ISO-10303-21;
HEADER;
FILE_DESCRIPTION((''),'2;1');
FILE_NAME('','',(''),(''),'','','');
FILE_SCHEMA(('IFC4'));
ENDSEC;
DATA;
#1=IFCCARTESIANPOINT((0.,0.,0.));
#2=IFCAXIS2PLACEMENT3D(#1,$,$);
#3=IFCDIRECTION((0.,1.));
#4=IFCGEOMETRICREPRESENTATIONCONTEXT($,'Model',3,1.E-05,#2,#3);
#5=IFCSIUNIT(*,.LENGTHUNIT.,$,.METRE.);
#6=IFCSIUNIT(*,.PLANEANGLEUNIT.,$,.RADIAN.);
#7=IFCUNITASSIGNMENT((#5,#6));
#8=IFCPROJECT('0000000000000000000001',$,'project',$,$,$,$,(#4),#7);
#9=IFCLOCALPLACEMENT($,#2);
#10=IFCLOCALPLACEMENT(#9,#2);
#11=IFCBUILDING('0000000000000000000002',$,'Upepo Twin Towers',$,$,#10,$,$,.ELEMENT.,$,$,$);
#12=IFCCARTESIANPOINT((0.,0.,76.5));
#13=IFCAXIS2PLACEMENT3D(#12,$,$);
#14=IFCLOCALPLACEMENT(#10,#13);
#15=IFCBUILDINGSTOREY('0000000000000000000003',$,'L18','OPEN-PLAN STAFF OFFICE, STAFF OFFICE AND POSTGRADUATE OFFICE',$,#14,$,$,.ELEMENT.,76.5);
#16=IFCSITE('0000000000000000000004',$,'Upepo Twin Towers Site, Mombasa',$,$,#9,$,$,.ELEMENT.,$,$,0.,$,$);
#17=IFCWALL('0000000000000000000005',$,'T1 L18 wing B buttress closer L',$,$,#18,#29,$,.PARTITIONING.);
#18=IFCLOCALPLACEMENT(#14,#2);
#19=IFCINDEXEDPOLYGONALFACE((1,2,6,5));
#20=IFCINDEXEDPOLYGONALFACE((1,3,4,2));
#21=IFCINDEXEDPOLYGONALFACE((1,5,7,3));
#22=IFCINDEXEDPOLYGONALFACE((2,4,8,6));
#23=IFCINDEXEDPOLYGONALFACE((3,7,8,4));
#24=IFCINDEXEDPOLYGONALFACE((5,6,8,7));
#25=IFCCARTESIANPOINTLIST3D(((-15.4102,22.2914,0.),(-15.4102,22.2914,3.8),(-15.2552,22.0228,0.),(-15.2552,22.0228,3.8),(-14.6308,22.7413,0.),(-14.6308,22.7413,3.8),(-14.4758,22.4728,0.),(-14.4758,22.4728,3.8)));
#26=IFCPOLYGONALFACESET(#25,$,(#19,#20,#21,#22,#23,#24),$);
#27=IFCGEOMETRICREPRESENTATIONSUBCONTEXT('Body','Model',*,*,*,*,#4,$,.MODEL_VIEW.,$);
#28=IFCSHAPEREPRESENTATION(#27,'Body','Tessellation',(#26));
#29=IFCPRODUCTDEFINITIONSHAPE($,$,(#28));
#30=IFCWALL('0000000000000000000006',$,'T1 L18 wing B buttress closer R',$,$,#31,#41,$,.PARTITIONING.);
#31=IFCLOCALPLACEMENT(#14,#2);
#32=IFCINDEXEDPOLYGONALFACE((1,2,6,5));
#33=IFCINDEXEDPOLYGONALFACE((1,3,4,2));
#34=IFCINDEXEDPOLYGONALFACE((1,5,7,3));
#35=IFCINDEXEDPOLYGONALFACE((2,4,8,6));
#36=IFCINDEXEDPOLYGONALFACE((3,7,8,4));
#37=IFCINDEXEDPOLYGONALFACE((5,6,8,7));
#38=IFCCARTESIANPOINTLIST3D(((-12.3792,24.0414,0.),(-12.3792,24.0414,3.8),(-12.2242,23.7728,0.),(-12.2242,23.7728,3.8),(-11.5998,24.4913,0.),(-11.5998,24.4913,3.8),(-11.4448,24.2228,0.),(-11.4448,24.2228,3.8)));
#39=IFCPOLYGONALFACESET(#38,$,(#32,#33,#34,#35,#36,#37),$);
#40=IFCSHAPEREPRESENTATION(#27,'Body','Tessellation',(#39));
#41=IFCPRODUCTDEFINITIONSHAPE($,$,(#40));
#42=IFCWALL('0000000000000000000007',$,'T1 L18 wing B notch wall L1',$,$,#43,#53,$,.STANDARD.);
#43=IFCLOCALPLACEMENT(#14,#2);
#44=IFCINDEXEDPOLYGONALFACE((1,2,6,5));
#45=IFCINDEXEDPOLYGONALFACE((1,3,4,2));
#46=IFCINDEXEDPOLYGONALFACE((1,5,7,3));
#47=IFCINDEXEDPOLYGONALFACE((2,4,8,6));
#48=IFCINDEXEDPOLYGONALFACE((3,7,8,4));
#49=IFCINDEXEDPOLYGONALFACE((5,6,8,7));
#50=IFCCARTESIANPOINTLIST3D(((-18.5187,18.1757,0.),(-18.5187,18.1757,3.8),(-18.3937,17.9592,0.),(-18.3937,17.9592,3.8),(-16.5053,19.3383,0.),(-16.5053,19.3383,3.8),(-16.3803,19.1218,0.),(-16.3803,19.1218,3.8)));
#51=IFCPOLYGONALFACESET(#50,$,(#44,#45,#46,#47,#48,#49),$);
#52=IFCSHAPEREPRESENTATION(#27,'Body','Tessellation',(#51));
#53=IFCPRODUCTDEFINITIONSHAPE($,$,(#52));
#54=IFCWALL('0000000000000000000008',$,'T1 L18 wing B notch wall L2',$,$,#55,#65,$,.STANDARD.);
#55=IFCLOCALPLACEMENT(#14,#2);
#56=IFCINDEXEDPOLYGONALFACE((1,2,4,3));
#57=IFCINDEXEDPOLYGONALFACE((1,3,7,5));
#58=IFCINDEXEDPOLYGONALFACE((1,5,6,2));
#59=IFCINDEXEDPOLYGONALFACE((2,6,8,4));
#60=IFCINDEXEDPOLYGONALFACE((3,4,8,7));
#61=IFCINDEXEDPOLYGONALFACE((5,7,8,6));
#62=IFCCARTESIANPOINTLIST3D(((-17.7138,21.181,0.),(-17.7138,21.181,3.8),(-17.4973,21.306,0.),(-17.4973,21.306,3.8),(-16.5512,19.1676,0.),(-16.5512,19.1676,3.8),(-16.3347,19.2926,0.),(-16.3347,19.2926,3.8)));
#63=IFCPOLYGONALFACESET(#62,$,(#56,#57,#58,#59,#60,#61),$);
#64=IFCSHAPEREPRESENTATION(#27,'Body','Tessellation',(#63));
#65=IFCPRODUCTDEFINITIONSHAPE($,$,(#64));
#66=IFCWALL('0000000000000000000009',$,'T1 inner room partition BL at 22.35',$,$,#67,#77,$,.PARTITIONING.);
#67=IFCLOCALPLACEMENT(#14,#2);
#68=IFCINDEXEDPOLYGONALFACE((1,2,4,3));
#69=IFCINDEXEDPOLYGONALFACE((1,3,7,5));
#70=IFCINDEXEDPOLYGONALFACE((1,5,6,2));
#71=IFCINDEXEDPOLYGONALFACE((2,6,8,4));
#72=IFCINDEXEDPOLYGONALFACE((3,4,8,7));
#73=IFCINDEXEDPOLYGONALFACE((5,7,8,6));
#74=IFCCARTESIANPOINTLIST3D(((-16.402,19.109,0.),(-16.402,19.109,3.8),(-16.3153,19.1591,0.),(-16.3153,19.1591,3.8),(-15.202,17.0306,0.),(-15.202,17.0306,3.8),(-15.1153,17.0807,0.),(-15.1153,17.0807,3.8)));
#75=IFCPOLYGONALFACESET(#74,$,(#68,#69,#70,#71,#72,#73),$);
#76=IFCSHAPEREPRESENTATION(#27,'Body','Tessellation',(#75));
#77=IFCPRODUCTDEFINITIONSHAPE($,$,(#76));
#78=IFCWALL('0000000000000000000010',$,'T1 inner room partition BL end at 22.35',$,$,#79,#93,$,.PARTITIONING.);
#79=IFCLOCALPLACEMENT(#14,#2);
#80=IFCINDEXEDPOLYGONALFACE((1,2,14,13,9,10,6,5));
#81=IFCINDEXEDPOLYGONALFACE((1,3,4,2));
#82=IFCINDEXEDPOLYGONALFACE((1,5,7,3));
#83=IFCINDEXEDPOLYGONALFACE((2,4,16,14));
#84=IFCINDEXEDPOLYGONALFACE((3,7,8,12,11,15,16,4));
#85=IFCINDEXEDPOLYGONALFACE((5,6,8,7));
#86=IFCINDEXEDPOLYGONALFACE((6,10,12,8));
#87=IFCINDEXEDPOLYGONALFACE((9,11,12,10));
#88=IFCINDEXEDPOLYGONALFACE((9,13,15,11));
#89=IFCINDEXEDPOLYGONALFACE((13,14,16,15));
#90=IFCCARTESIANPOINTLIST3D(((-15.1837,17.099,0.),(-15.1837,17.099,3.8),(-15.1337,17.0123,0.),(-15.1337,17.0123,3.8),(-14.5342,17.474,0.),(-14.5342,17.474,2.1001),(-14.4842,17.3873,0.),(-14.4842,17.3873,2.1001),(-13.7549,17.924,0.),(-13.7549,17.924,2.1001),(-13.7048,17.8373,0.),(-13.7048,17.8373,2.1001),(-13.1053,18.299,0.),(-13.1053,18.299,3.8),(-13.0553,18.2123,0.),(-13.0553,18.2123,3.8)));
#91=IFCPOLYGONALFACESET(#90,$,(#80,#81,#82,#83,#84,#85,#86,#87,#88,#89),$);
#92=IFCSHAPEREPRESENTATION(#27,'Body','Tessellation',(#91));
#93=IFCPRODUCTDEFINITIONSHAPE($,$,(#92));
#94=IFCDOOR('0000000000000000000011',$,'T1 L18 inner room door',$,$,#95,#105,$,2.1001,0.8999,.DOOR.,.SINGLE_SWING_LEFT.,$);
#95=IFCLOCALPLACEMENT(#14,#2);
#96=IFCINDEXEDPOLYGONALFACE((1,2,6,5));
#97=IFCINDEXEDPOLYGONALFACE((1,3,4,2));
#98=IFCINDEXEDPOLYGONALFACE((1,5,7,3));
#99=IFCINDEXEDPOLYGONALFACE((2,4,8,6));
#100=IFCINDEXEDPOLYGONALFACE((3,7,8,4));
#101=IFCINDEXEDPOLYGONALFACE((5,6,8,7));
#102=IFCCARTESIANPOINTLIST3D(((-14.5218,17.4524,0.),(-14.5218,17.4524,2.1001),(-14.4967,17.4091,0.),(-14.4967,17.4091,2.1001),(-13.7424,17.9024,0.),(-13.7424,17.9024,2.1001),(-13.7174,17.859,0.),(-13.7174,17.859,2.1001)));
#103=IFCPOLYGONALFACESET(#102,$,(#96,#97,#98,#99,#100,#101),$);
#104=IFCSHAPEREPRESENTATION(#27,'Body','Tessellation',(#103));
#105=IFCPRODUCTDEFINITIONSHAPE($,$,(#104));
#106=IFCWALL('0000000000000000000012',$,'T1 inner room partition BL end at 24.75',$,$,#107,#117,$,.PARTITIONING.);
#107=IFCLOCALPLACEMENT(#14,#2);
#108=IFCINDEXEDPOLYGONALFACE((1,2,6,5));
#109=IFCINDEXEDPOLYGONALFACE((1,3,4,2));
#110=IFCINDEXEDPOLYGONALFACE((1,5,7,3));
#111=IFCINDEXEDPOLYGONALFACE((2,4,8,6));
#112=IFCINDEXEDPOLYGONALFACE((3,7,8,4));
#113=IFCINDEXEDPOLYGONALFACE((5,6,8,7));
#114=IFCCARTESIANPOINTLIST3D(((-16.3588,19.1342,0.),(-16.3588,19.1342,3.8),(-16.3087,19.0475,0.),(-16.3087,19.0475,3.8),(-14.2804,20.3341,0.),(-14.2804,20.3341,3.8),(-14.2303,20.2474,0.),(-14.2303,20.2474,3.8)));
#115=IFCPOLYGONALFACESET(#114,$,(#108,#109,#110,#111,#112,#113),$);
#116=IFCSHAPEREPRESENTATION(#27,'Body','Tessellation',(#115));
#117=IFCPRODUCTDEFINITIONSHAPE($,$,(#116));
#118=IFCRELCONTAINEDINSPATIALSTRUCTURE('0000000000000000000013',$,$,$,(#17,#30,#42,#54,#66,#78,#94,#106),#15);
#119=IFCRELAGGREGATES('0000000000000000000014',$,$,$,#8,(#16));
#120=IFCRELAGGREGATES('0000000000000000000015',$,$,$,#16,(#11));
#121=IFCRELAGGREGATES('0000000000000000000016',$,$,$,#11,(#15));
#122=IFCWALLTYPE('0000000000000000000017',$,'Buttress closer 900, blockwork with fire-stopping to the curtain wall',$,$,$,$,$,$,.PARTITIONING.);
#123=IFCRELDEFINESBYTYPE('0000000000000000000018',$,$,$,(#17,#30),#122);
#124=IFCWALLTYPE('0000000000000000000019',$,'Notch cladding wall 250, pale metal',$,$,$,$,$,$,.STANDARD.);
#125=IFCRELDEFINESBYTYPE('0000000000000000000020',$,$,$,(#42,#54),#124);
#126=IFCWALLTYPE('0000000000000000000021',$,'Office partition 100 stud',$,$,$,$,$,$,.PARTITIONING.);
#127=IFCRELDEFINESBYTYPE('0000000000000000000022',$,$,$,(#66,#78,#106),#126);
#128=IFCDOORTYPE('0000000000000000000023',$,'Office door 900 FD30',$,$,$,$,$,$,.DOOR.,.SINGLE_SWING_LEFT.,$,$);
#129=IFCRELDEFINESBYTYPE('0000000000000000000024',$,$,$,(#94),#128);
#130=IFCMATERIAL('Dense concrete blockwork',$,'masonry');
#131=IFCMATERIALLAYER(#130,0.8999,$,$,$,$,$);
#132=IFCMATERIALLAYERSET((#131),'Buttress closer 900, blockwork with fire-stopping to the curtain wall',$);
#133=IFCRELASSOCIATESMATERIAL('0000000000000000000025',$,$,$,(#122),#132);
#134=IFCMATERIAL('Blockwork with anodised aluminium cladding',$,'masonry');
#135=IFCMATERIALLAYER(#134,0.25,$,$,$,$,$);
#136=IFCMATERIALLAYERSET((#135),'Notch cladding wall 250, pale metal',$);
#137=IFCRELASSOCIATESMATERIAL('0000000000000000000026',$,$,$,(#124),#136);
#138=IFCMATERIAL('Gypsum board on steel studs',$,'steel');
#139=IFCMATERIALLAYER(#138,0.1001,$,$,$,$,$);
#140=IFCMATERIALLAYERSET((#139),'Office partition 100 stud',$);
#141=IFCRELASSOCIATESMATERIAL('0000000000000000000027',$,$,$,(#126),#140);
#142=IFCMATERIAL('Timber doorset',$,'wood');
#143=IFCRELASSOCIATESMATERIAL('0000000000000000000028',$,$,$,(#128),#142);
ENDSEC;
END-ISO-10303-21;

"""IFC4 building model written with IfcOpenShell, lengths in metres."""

from ifc_helpers import new_model, si_unit, direction, frame, frame_2d, origin, place, context, subcontext, project, spatial, rectangle, extrude, material, layer, layer_set, type_object, element, fill, save


model = new_model("IFC4")

# Units and contexts
model_context = context("Model", 3, precision=1e-05, world=origin(), true_north=direction((0.0, 1.0)))
body_context = subcontext(model_context, "Body", "Model", "MODEL_VIEW")
ifc_project = project(units=[si_unit("LENGTHUNIT", "METRE"), si_unit("PLANEANGLEUNIT", "RADIAN")], contexts=[model_context])

# Site, building, storey
site_placement = place(None, origin())
site = spatial("IfcSite", under=ifc_project, at=site_placement, Name="Upepo Twin Towers Site, Mombasa", CompositionType="ELEMENT", RefElevation=0.0)
building_placement = place(site_placement, origin())
building = spatial("IfcBuilding", under=site, at=building_placement, Name="Upepo Twin Towers", CompositionType="ELEMENT")
storey_placement = place(building_placement, frame((0.0, 0.0, 76.5)))
storey = spatial("IfcBuildingStorey", under=building, at=storey_placement, Name="L18", Description="OPEN-PLAN STAFF OFFICE, STAFF OFFICE AND POSTGRADUATE OFFICE", CompositionType="ELEMENT", Elevation=76.5)

# Walls
ifc_material_1 = material(Name="Dense concrete blockwork", Category="masonry")
ifc_layer_1 = layer(ifc_material_1, 0.8999)
ifc_layer_set_1 = layer_set([ifc_layer_1], Name="Buttress closer 900, blockwork with fire-stopping to the curtain wall")
wall_type_1 = type_object("IfcWallType", Name="Buttress closer 900, blockwork with fire-stopping to the curtain wall", PredefinedType="PARTITIONING", material=ifc_layer_set_1)
for number, where, z_axis, x_axis, name in (
    (1, (-14.8655, 22.2478, 0.0), (0.0, 0.0, 1.0), (-0.49995, 0.866054, 0.0), "T1 L18 wing B buttress closer L"),
    (2, (-11.8345, 23.9978, 0.0), (0.0, 0.0, 1.0), (-0.49995, 0.866054, 0.0), "T1 L18 wing B buttress closer R"),
):
    element("IfcWall", number, at=place(storey_placement, frame(where, z_axis=z_axis, x_axis=x_axis)), inside=storey, type_object=wall_type_1, Name=name, PredefinedType="PARTITIONING", context=body_context, shape_type="SweptSolid", body=[
        extrude(rectangle(XDim=0.3101, YDim=0.8999, at=frame_2d((0.155, 0.0))), origin(), (0.0, 0.0, 1.0), 3.8),
    ])
ifc_material_2 = material(Name="Blockwork with anodised aluminium cladding", Category="masonry")
ifc_layer_2 = layer(ifc_material_2, 0.25)
ifc_layer_set_2 = layer_set([ifc_layer_2], Name="Notch cladding wall 250, pale metal")
wall_type_2 = type_object("IfcWallType", Name="Notch cladding wall 250, pale metal", PredefinedType="STANDARD", material=ifc_layer_set_2)
for number, where, z_axis, x_axis, name in (
    (3, (-18.4563, 18.0674, 0.0), (0.0, 0.0, 1.0), (0.865998, 0.500047, 0.0), "T1 L18 wing B notch wall L1"),
    (4, (-16.4429, 19.23, 0.0), (0.0, 0.0, 1.0), (-0.500047, 0.865998, 0.0), "T1 L18 wing B notch wall L2"),
):
    element("IfcWall", number, at=place(storey_placement, frame(where, z_axis=z_axis, x_axis=x_axis)), inside=storey, type_object=wall_type_2, Name=name, PredefinedType="STANDARD", context=body_context, shape_type="SweptSolid", body=[
        extrude(rectangle(XDim=2.325, YDim=0.25, at=frame_2d((1.1626, 0.0))), origin(), (0.0, 0.0, 1.0), 3.8),
    ])
ifc_material_3 = material(Name="Gypsum board on steel studs", Category="steel")
ifc_layer_3 = layer(ifc_material_3, 0.1001)
ifc_layer_set_3 = layer_set([ifc_layer_3], Name="Office partition 100 stud")
wall_type_3 = type_object("IfcWallType", Name="Office partition 100 stud", PredefinedType="PARTITIONING", material=ifc_layer_set_3)
wall_1_placement = place(storey_placement, frame((-15.1587, 17.0557, 0.0), z_axis=(0.0, 0.0, 1.0), x_axis=(-0.500001, 0.866025, 0.0)))
element("IfcWall", 5, at=wall_1_placement, inside=storey, type_object=wall_type_3, Name="T1 inner room partition BL at 22.35", PredefinedType="PARTITIONING", context=body_context, shape_type="SweptSolid", body=[
    extrude(rectangle(XDim=2.3999, YDim=0.1001, at=frame_2d((1.2, 0.0))), origin(), (0.0, 0.0, 1.0), 3.8),
])

# Wall, opening, door
wall_2_placement = place(storey_placement, frame((-13.0803, 18.2556, 0.0), z_axis=(0.0, 0.0, 1.0), x_axis=(-0.866025, -0.500001, 0.0)))
wall_2 = element("IfcWall", 6, at=wall_2_placement, inside=storey, type_object=wall_type_3, Name="T1 inner room partition BL end at 22.35", PredefinedType="PARTITIONING", context=body_context, shape_type="SweptSolid", body=[
    extrude(rectangle(XDim=2.3999, YDim=0.1001, at=frame_2d((1.2, 0.0))), origin(), (0.0, 0.0, 1.0), 3.8),
])
opening_placement = place(wall_2_placement, frame((0.75, 0.0, 0.0)))
opening = element("IfcOpeningElement", 7, at=opening_placement, cuts=wall_2, PredefinedType="OPENING", context=body_context, shape_type="SweptSolid", body=[
    extrude(rectangle(XDim=0.8999, YDim=2.1001, at=frame_2d((0.45, 1.05))), frame((0.0, 0.0601, 0.0), z_axis=(0.0, -1.0, 0.0), x_axis=(1.0, 0.0, 0.0)), (0.0, 0.0, 1.0), 0.1201),
])
ifc_material_4 = material(Name="Timber doorset", Category="wood")
door_type = type_object("IfcDoorType", Name="Office door 900 FD30", OperationType="SINGLE_SWING_LEFT", PredefinedType="DOOR", material=ifc_material_4)
door_placement = place(opening_placement, origin())
door = element("IfcDoor", 8, at=door_placement, inside=storey, type_object=door_type, Name="T1 L18 inner room door", OperationType="SINGLE_SWING_LEFT", OverallHeight=2.1001, OverallWidth=0.8999, PredefinedType="DOOR", context=body_context, shape_type="SweptSolid", body=[
    extrude(rectangle(XDim=0.8999, YDim=2.1001, at=frame_2d((0.45, 1.05))), frame((0.0, 0.0249, 0.0), z_axis=(0.0, -1.0, 0.0), x_axis=(1.0, 0.0, 0.0)), (0.0, 0.0, 1.0), 0.05),
])
fill(opening, door)

# Wall
wall_3_placement = place(storey_placement, frame((-14.2554, 20.2908, 0.0), z_axis=(0.0, 0.0, 1.0), x_axis=(-0.866025, -0.500001, 0.0)))
element("IfcWall", 9, at=wall_3_placement, inside=storey, type_object=wall_type_3, Name="T1 inner room partition BL end at 24.75", PredefinedType="PARTITIONING", context=body_context, shape_type="SweptSolid", body=[
    extrude(rectangle(XDim=2.3999, YDim=0.1001, at=frame_2d((1.2, 0.0))), origin(), (0.0, 0.0, 1.0), 3.8),
])

save(model, "model.ifc")
